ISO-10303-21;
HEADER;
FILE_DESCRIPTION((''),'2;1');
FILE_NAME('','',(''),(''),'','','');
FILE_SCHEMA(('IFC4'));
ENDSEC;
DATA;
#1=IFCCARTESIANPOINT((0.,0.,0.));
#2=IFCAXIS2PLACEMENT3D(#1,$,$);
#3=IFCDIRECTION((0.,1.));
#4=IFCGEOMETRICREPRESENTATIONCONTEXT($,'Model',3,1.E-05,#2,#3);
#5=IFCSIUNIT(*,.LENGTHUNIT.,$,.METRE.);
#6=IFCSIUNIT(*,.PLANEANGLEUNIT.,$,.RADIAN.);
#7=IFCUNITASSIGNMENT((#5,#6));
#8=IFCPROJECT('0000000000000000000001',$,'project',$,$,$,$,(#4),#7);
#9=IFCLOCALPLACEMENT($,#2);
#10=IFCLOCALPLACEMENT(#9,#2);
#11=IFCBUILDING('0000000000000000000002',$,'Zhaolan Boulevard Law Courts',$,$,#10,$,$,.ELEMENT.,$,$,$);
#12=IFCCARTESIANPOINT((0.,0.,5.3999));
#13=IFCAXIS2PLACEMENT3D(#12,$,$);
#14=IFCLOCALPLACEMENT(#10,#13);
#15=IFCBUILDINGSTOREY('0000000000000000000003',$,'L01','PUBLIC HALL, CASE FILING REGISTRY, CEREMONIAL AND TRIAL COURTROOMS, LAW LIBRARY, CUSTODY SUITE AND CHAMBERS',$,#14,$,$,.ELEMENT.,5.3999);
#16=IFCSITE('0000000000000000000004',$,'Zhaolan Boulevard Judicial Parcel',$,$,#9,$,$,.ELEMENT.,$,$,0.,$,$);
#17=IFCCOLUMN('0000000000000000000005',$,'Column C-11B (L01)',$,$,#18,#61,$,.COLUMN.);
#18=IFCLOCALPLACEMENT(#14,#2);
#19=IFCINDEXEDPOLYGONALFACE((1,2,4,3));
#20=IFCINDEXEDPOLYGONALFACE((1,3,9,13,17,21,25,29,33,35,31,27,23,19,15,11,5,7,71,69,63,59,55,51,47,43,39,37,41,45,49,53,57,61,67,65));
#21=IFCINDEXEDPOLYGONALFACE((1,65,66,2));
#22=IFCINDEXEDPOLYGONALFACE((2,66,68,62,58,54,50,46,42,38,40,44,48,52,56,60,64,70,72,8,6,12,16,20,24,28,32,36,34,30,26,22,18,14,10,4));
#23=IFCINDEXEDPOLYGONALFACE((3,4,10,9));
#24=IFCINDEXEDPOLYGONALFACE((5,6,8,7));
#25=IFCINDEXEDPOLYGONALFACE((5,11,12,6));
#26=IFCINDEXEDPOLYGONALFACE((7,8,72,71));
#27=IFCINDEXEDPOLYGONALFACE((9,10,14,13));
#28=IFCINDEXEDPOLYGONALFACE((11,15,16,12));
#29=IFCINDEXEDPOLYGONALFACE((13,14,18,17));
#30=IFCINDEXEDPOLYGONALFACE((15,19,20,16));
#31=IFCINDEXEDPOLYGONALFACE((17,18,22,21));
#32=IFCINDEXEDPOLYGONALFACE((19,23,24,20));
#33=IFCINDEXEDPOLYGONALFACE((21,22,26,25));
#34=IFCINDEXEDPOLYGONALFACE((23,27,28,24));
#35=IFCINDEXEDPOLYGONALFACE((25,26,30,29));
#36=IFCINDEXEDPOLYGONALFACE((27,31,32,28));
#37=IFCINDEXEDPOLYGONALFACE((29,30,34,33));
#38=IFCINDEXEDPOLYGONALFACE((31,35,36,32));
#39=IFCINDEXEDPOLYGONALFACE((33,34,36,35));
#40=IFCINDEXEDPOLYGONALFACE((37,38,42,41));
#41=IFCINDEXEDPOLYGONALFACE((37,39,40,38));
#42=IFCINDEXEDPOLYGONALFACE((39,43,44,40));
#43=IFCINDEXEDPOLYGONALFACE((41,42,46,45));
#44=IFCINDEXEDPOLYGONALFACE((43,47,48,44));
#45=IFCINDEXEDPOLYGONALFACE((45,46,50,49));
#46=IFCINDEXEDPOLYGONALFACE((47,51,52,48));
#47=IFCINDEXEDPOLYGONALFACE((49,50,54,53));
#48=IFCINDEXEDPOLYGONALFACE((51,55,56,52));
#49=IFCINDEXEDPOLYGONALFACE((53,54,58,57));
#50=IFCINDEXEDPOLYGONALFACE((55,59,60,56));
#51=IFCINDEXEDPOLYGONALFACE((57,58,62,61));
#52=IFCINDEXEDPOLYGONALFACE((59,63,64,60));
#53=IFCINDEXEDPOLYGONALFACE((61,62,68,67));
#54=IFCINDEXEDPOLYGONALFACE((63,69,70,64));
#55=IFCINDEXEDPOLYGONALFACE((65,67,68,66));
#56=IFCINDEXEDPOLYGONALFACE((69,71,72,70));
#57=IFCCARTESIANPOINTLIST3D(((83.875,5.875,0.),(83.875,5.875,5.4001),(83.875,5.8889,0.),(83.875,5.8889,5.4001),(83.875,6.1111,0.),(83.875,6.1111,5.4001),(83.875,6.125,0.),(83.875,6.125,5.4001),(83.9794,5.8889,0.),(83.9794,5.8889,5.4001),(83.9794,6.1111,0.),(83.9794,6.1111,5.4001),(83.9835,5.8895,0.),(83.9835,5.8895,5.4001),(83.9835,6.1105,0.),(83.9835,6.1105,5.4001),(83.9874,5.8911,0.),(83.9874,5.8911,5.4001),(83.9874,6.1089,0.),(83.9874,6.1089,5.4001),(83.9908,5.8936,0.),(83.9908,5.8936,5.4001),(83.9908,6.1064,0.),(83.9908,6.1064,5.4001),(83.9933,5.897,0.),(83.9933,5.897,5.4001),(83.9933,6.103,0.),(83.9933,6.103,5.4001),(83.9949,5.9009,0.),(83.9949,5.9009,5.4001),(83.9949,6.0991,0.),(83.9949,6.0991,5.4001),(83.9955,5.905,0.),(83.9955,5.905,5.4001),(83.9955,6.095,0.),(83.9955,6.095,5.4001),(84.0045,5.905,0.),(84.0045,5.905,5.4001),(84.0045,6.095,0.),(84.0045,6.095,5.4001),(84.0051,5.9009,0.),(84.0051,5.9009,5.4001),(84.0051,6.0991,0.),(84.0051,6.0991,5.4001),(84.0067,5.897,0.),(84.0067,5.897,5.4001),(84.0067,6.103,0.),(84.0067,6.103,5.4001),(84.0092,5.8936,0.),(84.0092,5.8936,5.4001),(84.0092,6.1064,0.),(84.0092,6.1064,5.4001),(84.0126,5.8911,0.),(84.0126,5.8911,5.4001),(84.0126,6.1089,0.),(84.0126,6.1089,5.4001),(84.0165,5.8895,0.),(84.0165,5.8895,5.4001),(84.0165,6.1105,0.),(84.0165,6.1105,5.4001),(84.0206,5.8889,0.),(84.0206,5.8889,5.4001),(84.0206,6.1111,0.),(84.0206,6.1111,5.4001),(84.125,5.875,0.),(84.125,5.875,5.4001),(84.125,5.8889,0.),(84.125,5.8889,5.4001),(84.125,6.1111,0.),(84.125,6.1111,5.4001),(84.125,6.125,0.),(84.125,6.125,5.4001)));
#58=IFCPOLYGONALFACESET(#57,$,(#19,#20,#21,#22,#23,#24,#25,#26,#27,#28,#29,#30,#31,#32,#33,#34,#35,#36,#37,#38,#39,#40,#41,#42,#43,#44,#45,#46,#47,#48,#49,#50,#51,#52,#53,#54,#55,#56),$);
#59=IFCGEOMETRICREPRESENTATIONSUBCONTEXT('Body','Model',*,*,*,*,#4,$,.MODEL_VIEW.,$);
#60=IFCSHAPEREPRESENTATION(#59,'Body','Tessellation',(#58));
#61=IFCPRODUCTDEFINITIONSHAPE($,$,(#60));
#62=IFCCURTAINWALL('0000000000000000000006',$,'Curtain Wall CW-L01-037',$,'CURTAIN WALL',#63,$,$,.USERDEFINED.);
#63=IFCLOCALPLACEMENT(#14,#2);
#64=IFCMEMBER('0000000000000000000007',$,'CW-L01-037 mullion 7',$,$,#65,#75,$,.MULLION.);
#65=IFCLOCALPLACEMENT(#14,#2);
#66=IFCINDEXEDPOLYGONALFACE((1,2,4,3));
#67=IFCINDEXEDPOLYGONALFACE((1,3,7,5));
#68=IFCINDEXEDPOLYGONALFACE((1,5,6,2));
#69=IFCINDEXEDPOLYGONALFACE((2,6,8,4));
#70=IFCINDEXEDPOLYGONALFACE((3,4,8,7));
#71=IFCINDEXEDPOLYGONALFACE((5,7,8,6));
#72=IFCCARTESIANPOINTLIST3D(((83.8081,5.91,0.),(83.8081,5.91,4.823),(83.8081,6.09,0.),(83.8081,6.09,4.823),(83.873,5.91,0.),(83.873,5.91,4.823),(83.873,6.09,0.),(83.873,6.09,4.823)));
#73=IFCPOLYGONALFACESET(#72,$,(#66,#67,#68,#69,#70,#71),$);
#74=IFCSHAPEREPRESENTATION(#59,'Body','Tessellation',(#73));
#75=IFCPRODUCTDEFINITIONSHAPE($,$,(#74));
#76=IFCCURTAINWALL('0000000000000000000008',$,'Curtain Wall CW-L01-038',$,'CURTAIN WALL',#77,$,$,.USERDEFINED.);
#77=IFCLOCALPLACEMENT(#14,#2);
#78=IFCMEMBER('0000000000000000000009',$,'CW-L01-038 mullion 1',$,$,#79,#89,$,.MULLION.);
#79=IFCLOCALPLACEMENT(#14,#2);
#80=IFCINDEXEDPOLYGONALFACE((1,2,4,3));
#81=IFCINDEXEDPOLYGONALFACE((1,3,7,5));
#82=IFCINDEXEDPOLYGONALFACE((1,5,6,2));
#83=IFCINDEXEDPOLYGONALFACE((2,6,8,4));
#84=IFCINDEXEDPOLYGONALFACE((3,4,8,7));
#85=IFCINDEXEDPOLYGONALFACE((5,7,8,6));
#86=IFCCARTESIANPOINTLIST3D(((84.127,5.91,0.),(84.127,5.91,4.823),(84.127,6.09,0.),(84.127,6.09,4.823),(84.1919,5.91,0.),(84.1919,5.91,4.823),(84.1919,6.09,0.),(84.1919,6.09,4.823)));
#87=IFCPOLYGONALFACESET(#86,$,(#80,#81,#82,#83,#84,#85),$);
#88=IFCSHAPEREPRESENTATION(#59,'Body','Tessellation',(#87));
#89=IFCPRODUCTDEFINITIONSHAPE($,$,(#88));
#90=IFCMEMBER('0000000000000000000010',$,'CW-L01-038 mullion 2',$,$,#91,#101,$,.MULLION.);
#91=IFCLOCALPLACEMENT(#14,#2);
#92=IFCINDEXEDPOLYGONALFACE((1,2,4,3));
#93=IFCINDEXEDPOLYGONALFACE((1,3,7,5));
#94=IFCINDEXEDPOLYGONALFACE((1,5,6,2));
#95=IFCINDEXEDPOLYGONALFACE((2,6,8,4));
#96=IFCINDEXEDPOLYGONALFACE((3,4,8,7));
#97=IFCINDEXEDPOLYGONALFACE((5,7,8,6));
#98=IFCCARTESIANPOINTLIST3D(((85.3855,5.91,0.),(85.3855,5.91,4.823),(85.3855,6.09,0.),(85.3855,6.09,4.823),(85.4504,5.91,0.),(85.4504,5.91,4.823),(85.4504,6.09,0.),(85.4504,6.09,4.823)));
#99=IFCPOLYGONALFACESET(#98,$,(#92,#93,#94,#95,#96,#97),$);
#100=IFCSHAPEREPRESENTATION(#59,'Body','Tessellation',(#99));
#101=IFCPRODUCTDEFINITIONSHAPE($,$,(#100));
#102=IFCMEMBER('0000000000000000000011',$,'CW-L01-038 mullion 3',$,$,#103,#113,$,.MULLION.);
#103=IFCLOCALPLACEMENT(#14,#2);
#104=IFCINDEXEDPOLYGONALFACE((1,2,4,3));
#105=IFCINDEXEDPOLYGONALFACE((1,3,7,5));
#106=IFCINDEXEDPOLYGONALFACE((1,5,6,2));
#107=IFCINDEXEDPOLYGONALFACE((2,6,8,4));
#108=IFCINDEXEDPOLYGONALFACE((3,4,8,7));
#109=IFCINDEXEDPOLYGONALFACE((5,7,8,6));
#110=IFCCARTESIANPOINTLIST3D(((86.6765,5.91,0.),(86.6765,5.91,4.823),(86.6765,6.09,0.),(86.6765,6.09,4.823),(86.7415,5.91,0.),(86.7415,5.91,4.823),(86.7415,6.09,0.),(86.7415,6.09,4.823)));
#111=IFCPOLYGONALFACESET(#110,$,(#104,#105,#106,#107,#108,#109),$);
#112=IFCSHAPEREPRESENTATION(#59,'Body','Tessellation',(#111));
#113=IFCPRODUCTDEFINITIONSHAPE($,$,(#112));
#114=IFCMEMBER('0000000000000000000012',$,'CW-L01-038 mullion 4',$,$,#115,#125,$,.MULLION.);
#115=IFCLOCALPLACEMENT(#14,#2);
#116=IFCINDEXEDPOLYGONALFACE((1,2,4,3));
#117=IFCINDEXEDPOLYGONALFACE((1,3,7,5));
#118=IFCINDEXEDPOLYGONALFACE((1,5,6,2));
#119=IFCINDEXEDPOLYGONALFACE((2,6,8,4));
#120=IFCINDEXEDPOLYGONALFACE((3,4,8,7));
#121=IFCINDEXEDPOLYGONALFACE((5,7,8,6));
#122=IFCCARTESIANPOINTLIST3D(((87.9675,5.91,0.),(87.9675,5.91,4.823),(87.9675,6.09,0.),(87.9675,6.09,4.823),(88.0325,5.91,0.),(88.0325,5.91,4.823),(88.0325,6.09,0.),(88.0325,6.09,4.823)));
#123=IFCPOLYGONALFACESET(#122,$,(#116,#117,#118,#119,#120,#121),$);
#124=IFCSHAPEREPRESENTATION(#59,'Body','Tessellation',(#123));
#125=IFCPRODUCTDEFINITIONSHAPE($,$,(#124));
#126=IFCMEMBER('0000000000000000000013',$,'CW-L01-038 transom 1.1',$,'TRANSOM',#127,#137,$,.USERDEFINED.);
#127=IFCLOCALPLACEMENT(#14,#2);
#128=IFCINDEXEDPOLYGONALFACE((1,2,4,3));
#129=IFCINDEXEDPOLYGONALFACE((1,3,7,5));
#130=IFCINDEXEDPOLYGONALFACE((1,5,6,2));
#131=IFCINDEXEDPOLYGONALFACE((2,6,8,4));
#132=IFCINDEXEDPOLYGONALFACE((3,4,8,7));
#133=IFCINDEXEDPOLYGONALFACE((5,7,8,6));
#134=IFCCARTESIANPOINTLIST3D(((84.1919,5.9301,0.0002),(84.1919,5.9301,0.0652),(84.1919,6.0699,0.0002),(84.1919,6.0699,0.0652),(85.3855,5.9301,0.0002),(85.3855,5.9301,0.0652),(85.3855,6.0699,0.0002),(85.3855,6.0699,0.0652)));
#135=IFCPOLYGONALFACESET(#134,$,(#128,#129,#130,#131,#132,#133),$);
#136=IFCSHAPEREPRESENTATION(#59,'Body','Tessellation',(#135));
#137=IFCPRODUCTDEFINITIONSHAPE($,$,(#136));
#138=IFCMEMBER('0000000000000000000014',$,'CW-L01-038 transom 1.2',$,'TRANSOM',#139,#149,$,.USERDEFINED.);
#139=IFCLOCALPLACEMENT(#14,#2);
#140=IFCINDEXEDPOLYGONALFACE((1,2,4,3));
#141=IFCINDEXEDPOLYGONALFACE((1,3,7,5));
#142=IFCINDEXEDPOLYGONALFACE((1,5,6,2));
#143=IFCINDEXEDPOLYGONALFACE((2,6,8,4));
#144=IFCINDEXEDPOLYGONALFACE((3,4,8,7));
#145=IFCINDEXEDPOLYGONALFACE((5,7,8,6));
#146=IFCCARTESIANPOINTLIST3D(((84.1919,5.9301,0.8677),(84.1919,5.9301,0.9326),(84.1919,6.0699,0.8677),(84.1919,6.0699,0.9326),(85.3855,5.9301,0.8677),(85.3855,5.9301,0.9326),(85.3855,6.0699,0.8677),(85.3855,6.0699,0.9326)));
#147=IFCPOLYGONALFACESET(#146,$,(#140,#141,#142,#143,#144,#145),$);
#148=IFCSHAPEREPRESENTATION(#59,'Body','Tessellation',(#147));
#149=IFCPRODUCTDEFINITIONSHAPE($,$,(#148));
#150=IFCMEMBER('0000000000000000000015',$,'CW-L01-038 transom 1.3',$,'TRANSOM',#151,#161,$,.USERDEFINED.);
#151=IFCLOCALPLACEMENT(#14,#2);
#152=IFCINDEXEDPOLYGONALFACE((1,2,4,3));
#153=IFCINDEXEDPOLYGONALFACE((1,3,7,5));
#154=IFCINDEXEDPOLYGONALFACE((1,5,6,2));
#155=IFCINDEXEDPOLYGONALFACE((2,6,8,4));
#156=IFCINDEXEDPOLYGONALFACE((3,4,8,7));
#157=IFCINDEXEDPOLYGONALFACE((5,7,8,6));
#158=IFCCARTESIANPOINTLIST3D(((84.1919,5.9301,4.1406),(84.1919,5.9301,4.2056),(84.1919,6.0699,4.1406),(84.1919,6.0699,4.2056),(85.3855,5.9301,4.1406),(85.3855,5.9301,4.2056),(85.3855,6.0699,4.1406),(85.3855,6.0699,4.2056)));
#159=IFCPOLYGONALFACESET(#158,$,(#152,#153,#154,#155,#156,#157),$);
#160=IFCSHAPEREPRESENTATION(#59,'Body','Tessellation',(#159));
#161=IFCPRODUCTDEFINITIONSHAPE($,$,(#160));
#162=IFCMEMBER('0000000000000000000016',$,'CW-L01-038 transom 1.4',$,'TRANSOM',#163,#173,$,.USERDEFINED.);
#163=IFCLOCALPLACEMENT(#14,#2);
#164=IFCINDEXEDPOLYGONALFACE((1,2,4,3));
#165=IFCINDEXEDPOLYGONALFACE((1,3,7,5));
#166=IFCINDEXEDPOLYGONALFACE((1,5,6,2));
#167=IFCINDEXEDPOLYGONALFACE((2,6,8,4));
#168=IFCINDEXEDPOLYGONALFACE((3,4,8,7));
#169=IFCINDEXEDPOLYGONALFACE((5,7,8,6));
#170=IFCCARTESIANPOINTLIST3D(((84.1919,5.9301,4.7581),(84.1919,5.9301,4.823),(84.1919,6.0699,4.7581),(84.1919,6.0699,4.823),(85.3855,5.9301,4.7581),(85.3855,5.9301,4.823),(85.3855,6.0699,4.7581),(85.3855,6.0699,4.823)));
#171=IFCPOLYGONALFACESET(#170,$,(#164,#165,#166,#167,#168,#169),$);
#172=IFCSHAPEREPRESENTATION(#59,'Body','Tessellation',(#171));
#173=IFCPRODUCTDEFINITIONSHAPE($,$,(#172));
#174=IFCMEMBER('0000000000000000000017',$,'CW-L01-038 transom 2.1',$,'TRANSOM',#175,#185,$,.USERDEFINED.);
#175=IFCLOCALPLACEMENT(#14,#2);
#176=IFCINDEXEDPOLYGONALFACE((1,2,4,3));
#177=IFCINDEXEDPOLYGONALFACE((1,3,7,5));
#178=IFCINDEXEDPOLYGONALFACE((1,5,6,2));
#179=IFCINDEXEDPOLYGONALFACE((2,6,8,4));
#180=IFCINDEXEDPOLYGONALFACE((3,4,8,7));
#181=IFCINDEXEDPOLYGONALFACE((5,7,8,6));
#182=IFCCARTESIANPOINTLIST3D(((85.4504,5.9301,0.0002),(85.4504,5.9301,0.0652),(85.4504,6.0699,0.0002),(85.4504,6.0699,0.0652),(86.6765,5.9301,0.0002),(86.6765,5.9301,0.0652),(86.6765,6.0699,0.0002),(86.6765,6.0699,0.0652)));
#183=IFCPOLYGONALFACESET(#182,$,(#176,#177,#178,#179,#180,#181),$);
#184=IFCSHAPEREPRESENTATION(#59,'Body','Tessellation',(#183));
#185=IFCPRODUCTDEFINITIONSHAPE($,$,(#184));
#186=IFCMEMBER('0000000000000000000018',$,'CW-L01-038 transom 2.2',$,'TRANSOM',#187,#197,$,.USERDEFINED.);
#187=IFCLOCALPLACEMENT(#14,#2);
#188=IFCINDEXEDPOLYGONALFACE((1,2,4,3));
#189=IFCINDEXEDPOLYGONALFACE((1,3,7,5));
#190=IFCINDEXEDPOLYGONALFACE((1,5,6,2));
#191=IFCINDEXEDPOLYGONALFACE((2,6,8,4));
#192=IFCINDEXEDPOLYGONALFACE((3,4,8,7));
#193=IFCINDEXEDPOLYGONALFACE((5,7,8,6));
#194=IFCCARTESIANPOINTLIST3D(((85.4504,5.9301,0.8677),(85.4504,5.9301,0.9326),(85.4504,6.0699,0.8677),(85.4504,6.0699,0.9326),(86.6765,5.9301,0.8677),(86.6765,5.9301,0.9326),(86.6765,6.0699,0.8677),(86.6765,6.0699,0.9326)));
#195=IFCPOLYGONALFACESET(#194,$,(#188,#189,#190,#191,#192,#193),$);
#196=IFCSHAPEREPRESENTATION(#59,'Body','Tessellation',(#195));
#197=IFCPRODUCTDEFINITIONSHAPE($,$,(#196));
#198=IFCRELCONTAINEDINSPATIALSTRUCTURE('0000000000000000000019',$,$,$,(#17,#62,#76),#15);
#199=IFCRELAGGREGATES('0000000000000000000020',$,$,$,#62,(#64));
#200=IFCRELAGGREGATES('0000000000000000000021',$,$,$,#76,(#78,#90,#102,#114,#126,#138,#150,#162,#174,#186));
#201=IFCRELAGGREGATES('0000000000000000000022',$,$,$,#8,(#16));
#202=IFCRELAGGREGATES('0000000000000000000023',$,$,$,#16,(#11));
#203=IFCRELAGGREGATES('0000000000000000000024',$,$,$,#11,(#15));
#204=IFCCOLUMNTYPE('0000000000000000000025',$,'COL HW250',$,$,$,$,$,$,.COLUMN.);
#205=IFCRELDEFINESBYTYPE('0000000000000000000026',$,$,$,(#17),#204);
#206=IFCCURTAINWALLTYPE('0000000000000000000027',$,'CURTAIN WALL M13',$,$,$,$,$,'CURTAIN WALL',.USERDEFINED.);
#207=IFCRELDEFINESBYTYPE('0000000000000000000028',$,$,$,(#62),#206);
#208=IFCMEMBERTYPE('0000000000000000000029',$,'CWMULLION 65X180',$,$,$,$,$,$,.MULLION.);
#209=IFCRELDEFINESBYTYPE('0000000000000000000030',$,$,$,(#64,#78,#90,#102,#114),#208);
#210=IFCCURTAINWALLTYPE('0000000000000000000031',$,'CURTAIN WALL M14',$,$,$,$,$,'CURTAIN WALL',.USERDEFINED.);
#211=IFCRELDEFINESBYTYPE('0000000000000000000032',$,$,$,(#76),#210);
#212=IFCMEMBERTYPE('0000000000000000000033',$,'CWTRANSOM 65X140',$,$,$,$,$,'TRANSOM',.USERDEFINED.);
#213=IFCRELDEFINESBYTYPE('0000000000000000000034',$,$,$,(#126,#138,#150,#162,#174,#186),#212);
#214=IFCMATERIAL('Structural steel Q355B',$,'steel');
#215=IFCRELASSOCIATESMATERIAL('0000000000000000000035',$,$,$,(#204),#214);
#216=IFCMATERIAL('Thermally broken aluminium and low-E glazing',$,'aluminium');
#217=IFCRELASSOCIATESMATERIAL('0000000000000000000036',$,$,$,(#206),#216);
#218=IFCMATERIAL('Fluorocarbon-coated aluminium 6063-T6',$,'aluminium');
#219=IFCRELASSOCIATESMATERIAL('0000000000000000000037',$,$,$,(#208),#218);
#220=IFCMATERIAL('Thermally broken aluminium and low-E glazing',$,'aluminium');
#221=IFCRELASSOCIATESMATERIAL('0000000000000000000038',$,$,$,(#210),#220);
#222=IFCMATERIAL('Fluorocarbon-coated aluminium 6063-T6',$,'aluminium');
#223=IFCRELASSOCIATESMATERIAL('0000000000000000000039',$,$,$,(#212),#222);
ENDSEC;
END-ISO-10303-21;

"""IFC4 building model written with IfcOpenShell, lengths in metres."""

from ifc_helpers import new_model, si_unit, direction, frame, origin, origin_2d, place, context, subcontext, project, spatial, rectangle, i_section, extrude, material, material_profile, profile_set, type_object, element, aggregate, save


model = new_model("IFC4")

# Units and contexts
model_context = context("Model", 3, precision=1e-05, world=origin(), true_north=direction((0.0, 1.0)))
body_context = subcontext(model_context, "Body", "Model", "MODEL_VIEW")
ifc_project = project(units=[si_unit("LENGTHUNIT", "METRE"), si_unit("PLANEANGLEUNIT", "RADIAN")], contexts=[model_context])

# Site, building, storey
site_placement = place(None, origin())
site = spatial("IfcSite", under=ifc_project, at=site_placement, Name="Zhaolan Boulevard Judicial Parcel", CompositionType="ELEMENT", RefElevation=0.0)
building_placement = place(site_placement, origin())
building = spatial("IfcBuilding", under=site, at=building_placement, Name="Zhaolan Boulevard Law Courts", CompositionType="ELEMENT")
storey_placement = place(building_placement, frame((0.0, 0.0, 5.3999)))
storey = spatial("IfcBuildingStorey", under=building, at=storey_placement, Name="L01", Description="PUBLIC HALL, CASE FILING REGISTRY, CEREMONIAL AND TRIAL COURTROOMS, LAW LIBRARY, CUSTODY SUITE AND CHAMBERS", CompositionType="ELEMENT", Elevation=5.3999)

# Column
ifc_material_1 = material(Name="Structural steel Q355B", Category="steel")
ifc_material_profile_1 = material_profile(ifc_material_1, i_section(OverallWidth=0.25, OverallDepth=0.25, WebThickness=0.009, FlangeThickness=0.0139, FilletRadius=0.0161, at=origin_2d()), Name="HW250x250")
ifc_profile_set_1 = profile_set([ifc_material_profile_1], Name="Structural steel Q355B")
column_type = type_object("IfcColumnType", Name="COL HW250", PredefinedType="COLUMN", material=ifc_profile_set_1)
column_placement = place(storey_placement, frame((84.0, 6.0, 0.0), z_axis=(0.0, 0.0, 1.0), x_axis=(1.0, 0.0, 0.0)))
element("IfcColumn", 1, at=column_placement, inside=storey, type_object=column_type, Name="Column C-11B (L01)", PredefinedType="COLUMN", context=body_context, shape_type="SweptSolid", body=[
    extrude(i_section(OverallWidth=0.25, OverallDepth=0.25, WebThickness=0.009, FlangeThickness=0.0139, FilletRadius=0.0161, at=origin_2d()), origin(), (0.0, 0.0, 1.0), 5.4001),
])

# Curtain wall, member
ifc_material_2 = material(Name="Thermally broken aluminium and low-E glazing", Category="aluminium")
curtain_wall_type_1 = type_object("IfcCurtainWallType", Name="CURTAIN WALL M13", ElementType="CURTAIN WALL", PredefinedType="USERDEFINED", material=ifc_material_2)
curtain_wall_1_placement = place(storey_placement, origin())
curtain_wall_1 = element("IfcCurtainWall", 2, at=curtain_wall_1_placement, inside=storey, type_object=curtain_wall_type_1, Name="Curtain Wall CW-L01-037", ObjectType="CURTAIN WALL", PredefinedType="USERDEFINED")
ifc_material_3 = material(Name="Fluorocarbon-coated aluminium 6063-T6", Category="aluminium")
ifc_material_profile_2 = material_profile(ifc_material_3, rectangle(XDim=0.1799, YDim=0.0649, at=origin_2d()), Name="AL65x180")
ifc_profile_set_2 = profile_set([ifc_material_profile_2], Name="Fluorocarbon-coated aluminium 6063-T6")
member_type_1 = type_object("IfcMemberType", Name="CWMULLION 65X180", PredefinedType="MULLION", material=ifc_profile_set_2)
member_1_placement = place(storey_placement, frame((83.8406, 6.0, 0.0), z_axis=(0.0, 0.0, 1.0), x_axis=(0.0, 1.0, 0.0)))
member_1 = element("IfcMember", 3, at=member_1_placement, type_object=member_type_1, Name="CW-L01-037 mullion 7", PredefinedType="MULLION", context=body_context, shape_type="SweptSolid", body=[
    extrude(rectangle(XDim=0.1799, YDim=0.0649, at=origin_2d()), origin(), (0.0, 0.0, 1.0), 4.823),
])

# Curtain wall, members
ifc_material_4 = material(Name="Thermally broken aluminium and low-E glazing", Category="aluminium")
curtain_wall_type_2 = type_object("IfcCurtainWallType", Name="CURTAIN WALL M14", ElementType="CURTAIN WALL", PredefinedType="USERDEFINED", material=ifc_material_4)
curtain_wall_2_placement = place(storey_placement, origin())
curtain_wall_2 = element("IfcCurtainWall", 4, at=curtain_wall_2_placement, inside=storey, type_object=curtain_wall_type_2, Name="Curtain Wall CW-L01-038", ObjectType="CURTAIN WALL", PredefinedType="USERDEFINED")
member_2_placement = place(storey_placement, frame((84.1594, 6.0, 0.0), z_axis=(0.0, 0.0, 1.0), x_axis=(0.0, 1.0, 0.0)))
member_2 = element("IfcMember", 5, at=member_2_placement, type_object=member_type_1, Name="CW-L01-038 mullion 1", PredefinedType="MULLION", context=body_context, shape_type="SweptSolid", body=[
    extrude(rectangle(XDim=0.1799, YDim=0.0649, at=origin_2d()), origin(), (0.0, 0.0, 1.0), 4.823),
])
member_3_placement = place(storey_placement, frame((85.418, 6.0, 0.0), z_axis=(0.0, 0.0, 1.0), x_axis=(0.0, 1.0, 0.0)))
member_3 = element("IfcMember", 6, at=member_3_placement, type_object=member_type_1, Name="CW-L01-038 mullion 2", PredefinedType="MULLION", context=body_context, shape_type="SweptSolid", body=[
    extrude(rectangle(XDim=0.1799, YDim=0.0649, at=origin_2d()), origin(), (0.0, 0.0, 1.0), 4.823),
])
member_4_placement = place(storey_placement, frame((86.709, 6.0, 0.0), z_axis=(0.0, 0.0, 1.0), x_axis=(0.0, 1.0, 0.0)))
member_4 = element("IfcMember", 7, at=member_4_placement, type_object=member_type_1, Name="CW-L01-038 mullion 3", PredefinedType="MULLION", context=body_context, shape_type="SweptSolid", body=[
    extrude(rectangle(XDim=0.1799, YDim=0.0649, at=origin_2d()), origin(), (0.0, 0.0, 1.0), 4.823),
])
member_5_placement = place(storey_placement, frame((88.0, 6.0, 0.0), z_axis=(0.0, 0.0, 1.0), x_axis=(0.0, 1.0, 0.0)))
member_5 = element("IfcMember", 8, at=member_5_placement, type_object=member_type_1, Name="CW-L01-038 mullion 4", PredefinedType="MULLION", context=body_context, shape_type="SweptSolid", body=[
    extrude(rectangle(XDim=0.1799, YDim=0.0649, at=origin_2d()), origin(), (0.0, 0.0, 1.0), 4.823),
])
ifc_material_5 = material(Name="Fluorocarbon-coated aluminium 6063-T6", Category="aluminium")
ifc_material_profile_3 = material_profile(ifc_material_5, rectangle(XDim=0.1399, YDim=0.0649, at=origin_2d()), Name="AL65x140")
ifc_profile_set_3 = profile_set([ifc_material_profile_3], Name="Fluorocarbon-coated aluminium 6063-T6")
member_type_2 = type_object("IfcMemberType", Name="CWTRANSOM 65X140", ElementType="TRANSOM", PredefinedType="USERDEFINED", material=ifc_profile_set_3)
member_6_placement = place(storey_placement, frame((84.1919, 6.0, 0.0327), z_axis=(1.0, 0.0, 0.0), x_axis=(0.0, 1.0, 0.0)))
member_6 = element("IfcMember", 9, at=member_6_placement, type_object=member_type_2, Name="CW-L01-038 transom 1.1", ObjectType="TRANSOM", PredefinedType="USERDEFINED", context=body_context, shape_type="SweptSolid", body=[
    extrude(rectangle(XDim=0.1399, YDim=0.0649, at=origin_2d()), origin(), (0.0, 0.0, 1.0), 1.1936),
])
member_7_placement = place(storey_placement, frame((84.1919, 6.0, 0.9001), z_axis=(1.0, 0.0, 0.0), x_axis=(0.0, 1.0, 0.0)))
member_7 = element("IfcMember", 10, at=member_7_placement, type_object=member_type_2, Name="CW-L01-038 transom 1.2", ObjectType="TRANSOM", PredefinedType="USERDEFINED", context=body_context, shape_type="SweptSolid", body=[
    extrude(rectangle(XDim=0.1399, YDim=0.0649, at=origin_2d()), origin(), (0.0, 0.0, 1.0), 1.1936),
])
member_8_placement = place(storey_placement, frame((84.1919, 6.0, 4.1731), z_axis=(1.0, 0.0, 0.0), x_axis=(0.0, 1.0, 0.0)))
member_8 = element("IfcMember", 11, at=member_8_placement, type_object=member_type_2, Name="CW-L01-038 transom 1.3", ObjectType="TRANSOM", PredefinedType="USERDEFINED", context=body_context, shape_type="SweptSolid", body=[
    extrude(rectangle(XDim=0.1399, YDim=0.0649, at=origin_2d()), origin(), (0.0, 0.0, 1.0), 1.1936),
])
member_9_placement = place(storey_placement, frame((84.1919, 6.0, 4.7905), z_axis=(1.0, 0.0, 0.0), x_axis=(0.0, 1.0, 0.0)))
member_9 = element("IfcMember", 12, at=member_9_placement, type_object=member_type_2, Name="CW-L01-038 transom 1.4", ObjectType="TRANSOM", PredefinedType="USERDEFINED", context=body_context, shape_type="SweptSolid", body=[
    extrude(rectangle(XDim=0.1399, YDim=0.0649, at=origin_2d()), origin(), (0.0, 0.0, 1.0), 1.1936),
])
member_10_placement = place(storey_placement, frame((85.4504, 6.0, 0.0327), z_axis=(1.0, 0.0, 0.0), x_axis=(0.0, 1.0, 0.0)))
member_10 = element("IfcMember", 13, at=member_10_placement, type_object=member_type_2, Name="CW-L01-038 transom 2.1", ObjectType="TRANSOM", PredefinedType="USERDEFINED", context=body_context, shape_type="SweptSolid", body=[
    extrude(rectangle(XDim=0.1399, YDim=0.0649, at=origin_2d()), origin(), (0.0, 0.0, 1.0), 1.2261),
])
member_11_placement = place(storey_placement, frame((85.4504, 6.0, 0.9001), z_axis=(1.0, 0.0, 0.0), x_axis=(0.0, 1.0, 0.0)))
member_11 = element("IfcMember", 14, at=member_11_placement, type_object=member_type_2, Name="CW-L01-038 transom 2.2", ObjectType="TRANSOM", PredefinedType="USERDEFINED", context=body_context, shape_type="SweptSolid", body=[
    extrude(rectangle(XDim=0.1399, YDim=0.0649, at=origin_2d()), origin(), (0.0, 0.0, 1.0), 1.2261),
])

aggregate(curtain_wall_1, [member_1])
aggregate(curtain_wall_2, [member_2, member_3, member_4, member_5, member_6, member_7, member_8, member_9, member_10, member_11])

save(model, "model.ifc")
